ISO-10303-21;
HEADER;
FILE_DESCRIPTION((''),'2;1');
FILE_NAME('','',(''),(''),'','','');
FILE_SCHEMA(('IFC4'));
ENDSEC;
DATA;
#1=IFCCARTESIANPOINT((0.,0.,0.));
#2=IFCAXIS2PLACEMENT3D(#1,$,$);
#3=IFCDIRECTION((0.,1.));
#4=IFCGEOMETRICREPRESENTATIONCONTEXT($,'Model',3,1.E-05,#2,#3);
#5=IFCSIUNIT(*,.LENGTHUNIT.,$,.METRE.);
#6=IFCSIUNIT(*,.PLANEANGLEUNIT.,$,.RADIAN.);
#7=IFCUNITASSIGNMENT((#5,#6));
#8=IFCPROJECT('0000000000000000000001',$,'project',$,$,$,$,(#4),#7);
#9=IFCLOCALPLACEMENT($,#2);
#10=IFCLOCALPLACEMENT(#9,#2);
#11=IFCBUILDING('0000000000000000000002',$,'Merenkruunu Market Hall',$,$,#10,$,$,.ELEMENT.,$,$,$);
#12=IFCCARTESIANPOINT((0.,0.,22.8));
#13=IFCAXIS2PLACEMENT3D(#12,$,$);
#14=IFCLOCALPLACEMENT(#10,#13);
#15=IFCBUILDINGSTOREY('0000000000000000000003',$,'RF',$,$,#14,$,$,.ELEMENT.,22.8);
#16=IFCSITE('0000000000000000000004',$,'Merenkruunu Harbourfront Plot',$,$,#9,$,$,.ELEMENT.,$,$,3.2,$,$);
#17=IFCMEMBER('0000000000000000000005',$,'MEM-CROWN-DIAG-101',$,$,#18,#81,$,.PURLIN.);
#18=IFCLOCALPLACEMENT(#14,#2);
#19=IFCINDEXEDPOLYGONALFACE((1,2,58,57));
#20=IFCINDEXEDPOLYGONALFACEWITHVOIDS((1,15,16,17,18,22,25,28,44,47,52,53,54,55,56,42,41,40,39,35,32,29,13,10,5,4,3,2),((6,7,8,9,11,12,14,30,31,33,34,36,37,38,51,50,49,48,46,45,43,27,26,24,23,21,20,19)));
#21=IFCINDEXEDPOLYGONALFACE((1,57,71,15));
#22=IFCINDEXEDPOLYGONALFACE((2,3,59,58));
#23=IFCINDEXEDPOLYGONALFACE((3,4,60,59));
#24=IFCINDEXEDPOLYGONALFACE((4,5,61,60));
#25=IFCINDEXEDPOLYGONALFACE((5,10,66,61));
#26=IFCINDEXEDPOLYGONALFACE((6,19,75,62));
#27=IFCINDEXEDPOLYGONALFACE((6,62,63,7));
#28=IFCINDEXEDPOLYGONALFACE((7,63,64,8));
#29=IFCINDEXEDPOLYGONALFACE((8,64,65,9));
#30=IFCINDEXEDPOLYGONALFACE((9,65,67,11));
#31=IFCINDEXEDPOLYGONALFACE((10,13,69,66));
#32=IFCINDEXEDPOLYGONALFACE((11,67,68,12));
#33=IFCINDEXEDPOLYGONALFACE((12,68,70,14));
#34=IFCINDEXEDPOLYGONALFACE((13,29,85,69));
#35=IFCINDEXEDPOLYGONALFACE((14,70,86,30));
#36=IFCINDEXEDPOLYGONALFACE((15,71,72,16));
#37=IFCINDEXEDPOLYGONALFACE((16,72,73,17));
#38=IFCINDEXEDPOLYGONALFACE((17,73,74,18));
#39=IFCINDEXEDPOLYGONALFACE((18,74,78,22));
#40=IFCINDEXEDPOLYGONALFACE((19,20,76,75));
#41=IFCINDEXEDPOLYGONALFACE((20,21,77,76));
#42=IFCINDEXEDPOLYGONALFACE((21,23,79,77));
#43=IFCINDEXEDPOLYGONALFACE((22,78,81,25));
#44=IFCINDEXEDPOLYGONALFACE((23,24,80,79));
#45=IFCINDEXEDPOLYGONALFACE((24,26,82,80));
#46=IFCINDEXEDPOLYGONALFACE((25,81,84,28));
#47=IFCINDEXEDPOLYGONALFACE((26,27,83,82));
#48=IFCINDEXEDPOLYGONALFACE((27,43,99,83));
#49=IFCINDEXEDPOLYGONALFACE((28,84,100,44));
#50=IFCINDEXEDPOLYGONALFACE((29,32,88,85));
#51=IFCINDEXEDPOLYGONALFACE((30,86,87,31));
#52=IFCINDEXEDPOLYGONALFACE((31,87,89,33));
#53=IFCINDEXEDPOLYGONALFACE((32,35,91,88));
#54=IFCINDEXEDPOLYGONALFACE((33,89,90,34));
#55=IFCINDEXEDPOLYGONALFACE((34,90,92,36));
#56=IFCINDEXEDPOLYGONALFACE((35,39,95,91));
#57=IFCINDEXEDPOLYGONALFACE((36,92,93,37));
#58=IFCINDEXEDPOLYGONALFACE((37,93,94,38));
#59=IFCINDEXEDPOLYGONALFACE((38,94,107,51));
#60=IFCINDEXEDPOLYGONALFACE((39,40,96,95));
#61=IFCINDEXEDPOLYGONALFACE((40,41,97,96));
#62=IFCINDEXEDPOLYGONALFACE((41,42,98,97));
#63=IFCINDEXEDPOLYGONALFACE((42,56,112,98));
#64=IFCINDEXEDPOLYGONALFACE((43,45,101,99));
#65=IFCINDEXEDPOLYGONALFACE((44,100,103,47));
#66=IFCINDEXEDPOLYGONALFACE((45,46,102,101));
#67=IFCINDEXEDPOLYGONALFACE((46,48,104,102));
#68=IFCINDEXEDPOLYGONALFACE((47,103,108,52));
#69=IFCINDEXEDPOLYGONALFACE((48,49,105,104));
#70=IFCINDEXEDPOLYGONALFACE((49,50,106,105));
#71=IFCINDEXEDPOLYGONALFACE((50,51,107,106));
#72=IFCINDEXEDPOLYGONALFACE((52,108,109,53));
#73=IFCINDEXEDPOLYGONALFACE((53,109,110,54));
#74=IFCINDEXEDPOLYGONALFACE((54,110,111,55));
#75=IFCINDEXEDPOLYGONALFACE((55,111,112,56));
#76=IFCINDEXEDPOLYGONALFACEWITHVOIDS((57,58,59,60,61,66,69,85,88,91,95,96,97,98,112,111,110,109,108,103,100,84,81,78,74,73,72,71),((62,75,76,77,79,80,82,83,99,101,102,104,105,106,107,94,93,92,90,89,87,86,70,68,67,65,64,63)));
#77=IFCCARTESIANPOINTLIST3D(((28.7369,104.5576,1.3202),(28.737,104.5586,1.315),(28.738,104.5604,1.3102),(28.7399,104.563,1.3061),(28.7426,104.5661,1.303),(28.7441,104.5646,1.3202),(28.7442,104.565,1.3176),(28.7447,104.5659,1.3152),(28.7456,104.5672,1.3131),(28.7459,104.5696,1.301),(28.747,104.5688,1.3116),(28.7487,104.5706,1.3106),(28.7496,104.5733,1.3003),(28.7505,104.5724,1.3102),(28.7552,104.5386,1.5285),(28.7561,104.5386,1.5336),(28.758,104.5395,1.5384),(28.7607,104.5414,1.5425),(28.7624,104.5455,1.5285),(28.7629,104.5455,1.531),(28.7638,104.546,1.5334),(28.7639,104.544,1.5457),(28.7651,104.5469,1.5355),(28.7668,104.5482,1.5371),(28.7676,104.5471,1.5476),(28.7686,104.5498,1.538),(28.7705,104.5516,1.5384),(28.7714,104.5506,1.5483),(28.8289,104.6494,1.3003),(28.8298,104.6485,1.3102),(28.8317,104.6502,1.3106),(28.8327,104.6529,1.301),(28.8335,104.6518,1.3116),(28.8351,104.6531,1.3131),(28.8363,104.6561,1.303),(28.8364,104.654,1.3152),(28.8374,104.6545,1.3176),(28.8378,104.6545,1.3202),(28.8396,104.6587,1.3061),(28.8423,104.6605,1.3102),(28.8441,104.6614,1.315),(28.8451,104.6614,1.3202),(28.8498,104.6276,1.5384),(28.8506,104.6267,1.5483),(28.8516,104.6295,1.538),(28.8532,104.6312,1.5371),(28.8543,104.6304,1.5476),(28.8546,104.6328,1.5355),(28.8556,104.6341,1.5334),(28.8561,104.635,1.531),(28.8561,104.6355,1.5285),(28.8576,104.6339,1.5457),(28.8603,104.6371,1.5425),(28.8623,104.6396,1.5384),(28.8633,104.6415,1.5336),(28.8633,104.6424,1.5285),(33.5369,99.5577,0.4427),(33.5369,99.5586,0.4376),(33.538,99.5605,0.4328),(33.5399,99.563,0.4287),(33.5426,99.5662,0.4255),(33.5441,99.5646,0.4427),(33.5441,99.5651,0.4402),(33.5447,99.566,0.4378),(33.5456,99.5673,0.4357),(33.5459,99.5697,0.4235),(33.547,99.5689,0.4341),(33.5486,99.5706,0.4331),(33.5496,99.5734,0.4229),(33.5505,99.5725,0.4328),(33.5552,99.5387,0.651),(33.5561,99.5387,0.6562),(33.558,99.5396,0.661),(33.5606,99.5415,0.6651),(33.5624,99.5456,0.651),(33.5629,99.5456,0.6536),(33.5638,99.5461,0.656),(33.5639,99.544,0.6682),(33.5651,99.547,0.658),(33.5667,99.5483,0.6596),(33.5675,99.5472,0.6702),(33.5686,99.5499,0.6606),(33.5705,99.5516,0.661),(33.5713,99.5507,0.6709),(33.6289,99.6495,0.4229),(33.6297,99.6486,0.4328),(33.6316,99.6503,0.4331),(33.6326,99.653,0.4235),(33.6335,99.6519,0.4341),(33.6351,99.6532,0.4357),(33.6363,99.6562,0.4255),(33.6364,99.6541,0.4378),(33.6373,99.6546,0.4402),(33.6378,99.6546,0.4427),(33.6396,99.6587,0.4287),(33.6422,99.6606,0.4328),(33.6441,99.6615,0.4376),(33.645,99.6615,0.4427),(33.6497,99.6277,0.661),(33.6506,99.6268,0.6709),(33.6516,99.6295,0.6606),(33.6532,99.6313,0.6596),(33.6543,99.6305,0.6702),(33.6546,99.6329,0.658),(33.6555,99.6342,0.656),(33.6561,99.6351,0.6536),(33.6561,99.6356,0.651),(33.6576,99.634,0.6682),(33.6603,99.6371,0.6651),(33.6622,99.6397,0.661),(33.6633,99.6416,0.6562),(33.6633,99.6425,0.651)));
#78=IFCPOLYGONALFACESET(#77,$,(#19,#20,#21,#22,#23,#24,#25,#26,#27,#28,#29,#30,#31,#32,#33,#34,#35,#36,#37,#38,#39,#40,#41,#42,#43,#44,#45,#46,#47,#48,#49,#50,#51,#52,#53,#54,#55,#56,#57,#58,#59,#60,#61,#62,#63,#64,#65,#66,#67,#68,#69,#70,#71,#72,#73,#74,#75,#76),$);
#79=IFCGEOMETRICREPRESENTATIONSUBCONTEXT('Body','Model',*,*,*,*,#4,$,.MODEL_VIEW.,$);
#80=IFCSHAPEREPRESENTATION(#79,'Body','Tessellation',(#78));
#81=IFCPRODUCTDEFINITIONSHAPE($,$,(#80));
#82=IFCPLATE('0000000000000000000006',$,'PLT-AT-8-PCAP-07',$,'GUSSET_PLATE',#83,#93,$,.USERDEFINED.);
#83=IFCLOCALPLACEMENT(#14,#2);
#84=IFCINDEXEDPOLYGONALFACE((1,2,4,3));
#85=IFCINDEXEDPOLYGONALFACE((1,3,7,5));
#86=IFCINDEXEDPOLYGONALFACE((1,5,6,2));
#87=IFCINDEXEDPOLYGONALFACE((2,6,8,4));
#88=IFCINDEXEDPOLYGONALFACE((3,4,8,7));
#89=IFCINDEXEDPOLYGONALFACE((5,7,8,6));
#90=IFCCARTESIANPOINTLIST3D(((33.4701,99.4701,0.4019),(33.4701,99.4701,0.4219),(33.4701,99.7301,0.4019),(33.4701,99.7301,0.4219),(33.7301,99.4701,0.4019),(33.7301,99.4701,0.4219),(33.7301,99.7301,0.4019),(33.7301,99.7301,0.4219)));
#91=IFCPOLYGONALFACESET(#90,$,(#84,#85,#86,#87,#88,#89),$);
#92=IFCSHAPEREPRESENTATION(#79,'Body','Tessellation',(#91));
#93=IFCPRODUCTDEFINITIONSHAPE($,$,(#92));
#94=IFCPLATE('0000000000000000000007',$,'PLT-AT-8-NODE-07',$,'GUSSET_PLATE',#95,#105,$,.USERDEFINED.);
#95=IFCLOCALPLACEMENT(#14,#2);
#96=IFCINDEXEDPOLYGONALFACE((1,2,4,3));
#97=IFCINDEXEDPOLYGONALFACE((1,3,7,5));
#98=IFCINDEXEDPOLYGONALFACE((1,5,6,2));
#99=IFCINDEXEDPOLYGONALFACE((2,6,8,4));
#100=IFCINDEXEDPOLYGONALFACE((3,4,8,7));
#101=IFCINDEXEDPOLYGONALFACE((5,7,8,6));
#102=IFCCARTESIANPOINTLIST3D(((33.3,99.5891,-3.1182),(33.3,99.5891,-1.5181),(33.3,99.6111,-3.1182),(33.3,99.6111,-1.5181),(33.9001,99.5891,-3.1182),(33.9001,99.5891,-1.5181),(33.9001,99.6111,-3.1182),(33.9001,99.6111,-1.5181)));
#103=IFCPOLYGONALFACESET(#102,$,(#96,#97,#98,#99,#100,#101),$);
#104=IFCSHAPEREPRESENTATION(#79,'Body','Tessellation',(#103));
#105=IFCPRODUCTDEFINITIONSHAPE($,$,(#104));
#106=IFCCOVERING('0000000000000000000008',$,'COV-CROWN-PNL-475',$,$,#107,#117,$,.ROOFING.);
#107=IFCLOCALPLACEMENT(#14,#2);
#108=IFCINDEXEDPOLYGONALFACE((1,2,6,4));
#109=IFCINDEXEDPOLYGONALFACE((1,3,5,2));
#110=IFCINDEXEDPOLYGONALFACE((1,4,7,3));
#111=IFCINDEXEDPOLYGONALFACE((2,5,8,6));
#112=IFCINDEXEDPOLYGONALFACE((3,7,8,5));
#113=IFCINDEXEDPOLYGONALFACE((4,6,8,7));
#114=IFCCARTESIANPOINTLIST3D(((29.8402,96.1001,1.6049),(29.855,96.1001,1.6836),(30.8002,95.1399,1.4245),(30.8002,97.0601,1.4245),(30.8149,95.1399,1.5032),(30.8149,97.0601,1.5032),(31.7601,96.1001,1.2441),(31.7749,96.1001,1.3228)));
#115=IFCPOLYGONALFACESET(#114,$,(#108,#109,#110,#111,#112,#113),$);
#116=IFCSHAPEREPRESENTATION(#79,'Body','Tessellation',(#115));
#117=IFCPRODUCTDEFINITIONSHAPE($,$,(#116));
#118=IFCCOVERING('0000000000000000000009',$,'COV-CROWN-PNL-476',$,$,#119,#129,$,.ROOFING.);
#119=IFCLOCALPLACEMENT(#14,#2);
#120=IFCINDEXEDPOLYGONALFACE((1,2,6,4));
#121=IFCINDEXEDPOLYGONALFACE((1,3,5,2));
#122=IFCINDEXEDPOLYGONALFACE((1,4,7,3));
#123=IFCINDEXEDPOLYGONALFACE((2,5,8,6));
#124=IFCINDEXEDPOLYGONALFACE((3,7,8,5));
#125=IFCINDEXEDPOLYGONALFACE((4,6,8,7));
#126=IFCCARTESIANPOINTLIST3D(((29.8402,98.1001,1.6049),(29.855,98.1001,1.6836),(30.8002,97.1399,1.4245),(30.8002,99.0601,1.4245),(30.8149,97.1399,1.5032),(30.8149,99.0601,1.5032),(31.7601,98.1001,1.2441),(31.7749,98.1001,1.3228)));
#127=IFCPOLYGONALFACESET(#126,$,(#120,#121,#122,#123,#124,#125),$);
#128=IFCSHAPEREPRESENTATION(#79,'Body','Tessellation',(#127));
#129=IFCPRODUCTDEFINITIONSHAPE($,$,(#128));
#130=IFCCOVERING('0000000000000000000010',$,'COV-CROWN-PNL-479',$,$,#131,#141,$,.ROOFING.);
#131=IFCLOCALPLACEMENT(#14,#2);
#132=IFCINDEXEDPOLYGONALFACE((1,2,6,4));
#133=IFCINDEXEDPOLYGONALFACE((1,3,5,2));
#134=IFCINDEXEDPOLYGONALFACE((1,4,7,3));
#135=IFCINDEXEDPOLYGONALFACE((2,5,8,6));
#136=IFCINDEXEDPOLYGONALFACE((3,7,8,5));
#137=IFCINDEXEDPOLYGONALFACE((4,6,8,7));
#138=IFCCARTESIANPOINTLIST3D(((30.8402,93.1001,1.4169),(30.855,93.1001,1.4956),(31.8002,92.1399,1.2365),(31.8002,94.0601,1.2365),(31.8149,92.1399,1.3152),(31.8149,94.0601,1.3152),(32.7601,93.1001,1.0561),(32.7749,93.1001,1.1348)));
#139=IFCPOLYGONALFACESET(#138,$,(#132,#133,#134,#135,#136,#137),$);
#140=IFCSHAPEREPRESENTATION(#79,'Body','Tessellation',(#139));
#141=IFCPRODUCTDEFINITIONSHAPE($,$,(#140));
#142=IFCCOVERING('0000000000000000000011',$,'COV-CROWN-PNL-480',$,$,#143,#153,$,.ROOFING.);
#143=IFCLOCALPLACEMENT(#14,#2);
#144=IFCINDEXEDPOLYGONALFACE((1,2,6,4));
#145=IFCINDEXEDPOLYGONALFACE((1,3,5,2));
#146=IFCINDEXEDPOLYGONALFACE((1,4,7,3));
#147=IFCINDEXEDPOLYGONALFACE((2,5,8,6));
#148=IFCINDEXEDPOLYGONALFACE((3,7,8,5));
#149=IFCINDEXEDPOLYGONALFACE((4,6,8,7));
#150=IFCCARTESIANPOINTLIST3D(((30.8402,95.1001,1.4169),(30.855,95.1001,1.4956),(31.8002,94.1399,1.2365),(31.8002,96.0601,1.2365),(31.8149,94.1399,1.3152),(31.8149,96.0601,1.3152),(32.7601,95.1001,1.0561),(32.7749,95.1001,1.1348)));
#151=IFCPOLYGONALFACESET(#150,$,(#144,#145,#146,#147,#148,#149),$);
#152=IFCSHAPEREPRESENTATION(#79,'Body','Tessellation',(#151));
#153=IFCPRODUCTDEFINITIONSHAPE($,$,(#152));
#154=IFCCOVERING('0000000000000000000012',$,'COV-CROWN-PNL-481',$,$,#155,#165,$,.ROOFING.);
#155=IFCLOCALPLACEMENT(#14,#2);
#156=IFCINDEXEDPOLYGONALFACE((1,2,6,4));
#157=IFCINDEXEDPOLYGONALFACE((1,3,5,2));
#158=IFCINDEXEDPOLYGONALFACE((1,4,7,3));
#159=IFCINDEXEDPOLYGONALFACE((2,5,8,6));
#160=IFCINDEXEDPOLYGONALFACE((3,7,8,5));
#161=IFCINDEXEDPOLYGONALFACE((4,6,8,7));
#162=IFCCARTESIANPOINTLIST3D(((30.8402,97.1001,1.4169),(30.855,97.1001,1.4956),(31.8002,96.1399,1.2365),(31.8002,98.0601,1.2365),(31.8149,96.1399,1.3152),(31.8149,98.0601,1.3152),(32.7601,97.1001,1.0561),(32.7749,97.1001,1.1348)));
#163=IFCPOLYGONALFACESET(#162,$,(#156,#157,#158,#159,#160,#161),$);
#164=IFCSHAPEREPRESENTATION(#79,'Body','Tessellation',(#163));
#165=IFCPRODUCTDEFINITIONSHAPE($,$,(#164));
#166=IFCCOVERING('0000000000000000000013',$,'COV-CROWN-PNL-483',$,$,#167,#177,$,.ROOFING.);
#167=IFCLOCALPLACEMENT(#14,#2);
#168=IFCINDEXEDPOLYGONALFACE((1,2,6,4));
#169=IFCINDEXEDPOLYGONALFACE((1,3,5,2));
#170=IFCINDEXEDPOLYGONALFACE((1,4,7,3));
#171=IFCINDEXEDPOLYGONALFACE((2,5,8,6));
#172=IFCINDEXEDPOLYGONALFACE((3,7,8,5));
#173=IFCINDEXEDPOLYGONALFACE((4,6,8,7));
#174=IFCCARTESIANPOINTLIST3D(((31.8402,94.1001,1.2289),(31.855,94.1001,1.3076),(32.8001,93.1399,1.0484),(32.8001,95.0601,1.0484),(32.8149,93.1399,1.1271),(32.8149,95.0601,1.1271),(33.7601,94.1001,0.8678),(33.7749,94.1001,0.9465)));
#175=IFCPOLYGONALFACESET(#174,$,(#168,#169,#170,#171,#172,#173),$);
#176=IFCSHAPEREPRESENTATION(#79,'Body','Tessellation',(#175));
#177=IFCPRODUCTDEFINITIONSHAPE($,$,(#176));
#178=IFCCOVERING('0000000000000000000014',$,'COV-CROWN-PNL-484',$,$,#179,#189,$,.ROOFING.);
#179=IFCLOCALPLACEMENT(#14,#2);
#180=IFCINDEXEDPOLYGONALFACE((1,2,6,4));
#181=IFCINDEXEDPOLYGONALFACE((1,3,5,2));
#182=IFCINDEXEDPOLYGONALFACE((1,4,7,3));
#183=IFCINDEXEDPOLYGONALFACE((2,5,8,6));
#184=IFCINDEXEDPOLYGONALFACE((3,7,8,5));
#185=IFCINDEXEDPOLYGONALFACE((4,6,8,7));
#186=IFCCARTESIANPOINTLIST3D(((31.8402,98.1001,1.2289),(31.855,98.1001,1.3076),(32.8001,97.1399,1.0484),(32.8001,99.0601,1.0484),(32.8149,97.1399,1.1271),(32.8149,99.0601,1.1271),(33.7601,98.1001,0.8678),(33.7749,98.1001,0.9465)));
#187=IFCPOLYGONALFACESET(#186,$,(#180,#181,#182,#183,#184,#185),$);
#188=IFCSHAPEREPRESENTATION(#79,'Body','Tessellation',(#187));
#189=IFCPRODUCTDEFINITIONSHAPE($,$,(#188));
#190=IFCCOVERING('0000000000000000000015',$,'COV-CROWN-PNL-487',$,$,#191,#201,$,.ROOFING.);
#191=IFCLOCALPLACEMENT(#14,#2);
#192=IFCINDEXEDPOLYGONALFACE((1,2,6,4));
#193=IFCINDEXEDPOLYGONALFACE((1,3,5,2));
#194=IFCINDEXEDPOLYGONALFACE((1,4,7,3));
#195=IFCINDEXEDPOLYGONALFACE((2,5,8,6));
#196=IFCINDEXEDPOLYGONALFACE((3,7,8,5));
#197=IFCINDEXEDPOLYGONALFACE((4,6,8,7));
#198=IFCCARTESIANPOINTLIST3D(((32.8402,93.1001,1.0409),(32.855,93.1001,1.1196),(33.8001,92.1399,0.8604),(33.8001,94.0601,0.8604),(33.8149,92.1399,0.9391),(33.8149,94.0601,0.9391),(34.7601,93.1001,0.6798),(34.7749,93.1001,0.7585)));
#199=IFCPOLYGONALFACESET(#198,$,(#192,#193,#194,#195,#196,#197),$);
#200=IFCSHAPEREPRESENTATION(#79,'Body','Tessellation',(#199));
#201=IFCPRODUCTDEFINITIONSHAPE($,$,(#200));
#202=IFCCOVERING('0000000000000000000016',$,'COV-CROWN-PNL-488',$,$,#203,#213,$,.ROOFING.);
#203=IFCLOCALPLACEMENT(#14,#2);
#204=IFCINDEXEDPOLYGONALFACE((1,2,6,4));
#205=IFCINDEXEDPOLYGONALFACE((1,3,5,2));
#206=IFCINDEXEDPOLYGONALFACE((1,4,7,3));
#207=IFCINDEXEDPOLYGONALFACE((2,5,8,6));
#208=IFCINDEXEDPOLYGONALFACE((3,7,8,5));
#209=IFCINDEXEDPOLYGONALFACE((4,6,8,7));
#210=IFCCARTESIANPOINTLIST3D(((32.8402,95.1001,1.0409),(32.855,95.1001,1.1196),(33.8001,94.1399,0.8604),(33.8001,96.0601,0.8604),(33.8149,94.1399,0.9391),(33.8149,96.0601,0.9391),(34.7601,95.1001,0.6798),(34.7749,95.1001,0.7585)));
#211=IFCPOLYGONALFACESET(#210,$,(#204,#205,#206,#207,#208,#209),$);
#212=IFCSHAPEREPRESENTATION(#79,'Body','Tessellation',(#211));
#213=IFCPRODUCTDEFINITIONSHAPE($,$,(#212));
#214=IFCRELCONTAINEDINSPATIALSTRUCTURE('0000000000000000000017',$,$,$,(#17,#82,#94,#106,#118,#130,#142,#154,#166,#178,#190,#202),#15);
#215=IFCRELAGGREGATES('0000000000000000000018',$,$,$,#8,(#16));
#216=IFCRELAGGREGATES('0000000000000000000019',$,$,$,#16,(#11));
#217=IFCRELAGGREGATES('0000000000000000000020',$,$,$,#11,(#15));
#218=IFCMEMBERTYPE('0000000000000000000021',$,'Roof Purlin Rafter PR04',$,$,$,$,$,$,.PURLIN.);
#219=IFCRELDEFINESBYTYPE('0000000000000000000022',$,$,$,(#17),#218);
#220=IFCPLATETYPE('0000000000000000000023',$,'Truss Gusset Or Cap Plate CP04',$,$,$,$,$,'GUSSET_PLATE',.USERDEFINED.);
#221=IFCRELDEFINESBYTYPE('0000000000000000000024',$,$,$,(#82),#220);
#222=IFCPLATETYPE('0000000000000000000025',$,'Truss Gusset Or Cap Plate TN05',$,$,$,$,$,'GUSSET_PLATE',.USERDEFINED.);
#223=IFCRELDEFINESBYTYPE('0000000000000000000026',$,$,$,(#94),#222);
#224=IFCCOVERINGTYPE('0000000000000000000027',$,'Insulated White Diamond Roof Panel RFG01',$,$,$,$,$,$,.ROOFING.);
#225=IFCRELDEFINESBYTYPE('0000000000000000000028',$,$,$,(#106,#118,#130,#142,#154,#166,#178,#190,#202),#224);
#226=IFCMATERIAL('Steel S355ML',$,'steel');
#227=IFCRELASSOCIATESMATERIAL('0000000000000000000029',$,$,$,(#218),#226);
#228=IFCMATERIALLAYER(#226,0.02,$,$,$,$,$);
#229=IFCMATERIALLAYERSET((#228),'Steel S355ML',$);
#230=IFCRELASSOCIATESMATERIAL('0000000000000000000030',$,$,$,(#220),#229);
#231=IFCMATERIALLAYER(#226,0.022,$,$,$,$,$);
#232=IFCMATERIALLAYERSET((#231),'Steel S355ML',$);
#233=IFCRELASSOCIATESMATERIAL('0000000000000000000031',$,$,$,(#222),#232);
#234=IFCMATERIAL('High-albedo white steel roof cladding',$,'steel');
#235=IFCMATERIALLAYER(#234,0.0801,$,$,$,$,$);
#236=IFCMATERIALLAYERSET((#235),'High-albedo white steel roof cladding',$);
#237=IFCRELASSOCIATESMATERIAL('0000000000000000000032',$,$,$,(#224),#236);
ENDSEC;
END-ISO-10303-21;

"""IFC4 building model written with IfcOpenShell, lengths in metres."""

from ifc_helpers import new_model, si_unit, direction, frame, origin, origin_2d, place, context, subcontext, project, spatial, polyline, rectangle, hollow_rectangle, outline, extrude, material, layer, layer_set, material_profile, profile_set, type_object, element, save


model = new_model("IFC4")

# Units and contexts
model_context = context("Model", 3, precision=1e-05, world=origin(), true_north=direction((0.0, 1.0)))
body_context = subcontext(model_context, "Body", "Model", "MODEL_VIEW")
ifc_project = project(units=[si_unit("LENGTHUNIT", "METRE"), si_unit("PLANEANGLEUNIT", "RADIAN")], contexts=[model_context])

# Site, building, storey
site_placement = place(None, origin())
site = spatial("IfcSite", under=ifc_project, at=site_placement, Name="Merenkruunu Harbourfront Plot", CompositionType="ELEMENT", RefElevation=3.2)
building_placement = place(site_placement, origin())
building = spatial("IfcBuilding", under=site, at=building_placement, Name="Merenkruunu Market Hall", CompositionType="ELEMENT")
storey_placement = place(building_placement, frame((0.0, 0.0, 22.8)))
storey = spatial("IfcBuildingStorey", under=building, at=storey_placement, Name="RF", CompositionType="ELEMENT", Elevation=22.8)

# Member
ifc_material_1 = material(Name="Steel S355ML", Category="steel")
ifc_material_profile_1 = material_profile(ifc_material_1, hollow_rectangle(XDim=0.1499, YDim=0.25, WallThickness=0.01, InnerFilletRadius=0.01, OuterFilletRadius=0.02, at=origin_2d()), Name="RHS 250x150x10")
ifc_profile_set_1 = profile_set([ifc_material_profile_1], Name="Steel S355ML")
member_type_1 = type_object("IfcMemberType", Name="Roof Purlin Rafter PR04", PredefinedType="PURLIN", material=ifc_profile_set_1)
member_1_placement = place(storey_placement, frame((33.6001, 99.6001, 0.5469), z_axis=(-0.687052, 0.715672, 0.125592), x_axis=(-0.721384, -0.692535, 0.0)))
element("IfcMember", 1, at=member_1_placement, inside=storey, type_object=member_type_1, Name="MEM-CROWN-DIAG-101", PredefinedType="PURLIN", context=body_context, shape_type="SweptSolid", body=[
    extrude(hollow_rectangle(XDim=0.1499, YDim=0.25, WallThickness=0.01, InnerFilletRadius=0.01, OuterFilletRadius=0.02, at=origin_2d()), origin(), (0.0, 0.0, 1.0), 6.9863),
])

# Plates
ifc_layer_1 = layer(ifc_material_1, 0.02)
ifc_layer_set_1 = layer_set([ifc_layer_1], Name="Steel S355ML")
plate_type_1 = type_object("IfcPlateType", Name="Truss Gusset Or Cap Plate CP04", ElementType="GUSSET_PLATE", PredefinedType="USERDEFINED", material=ifc_layer_set_1)
plate_1_placement = place(storey_placement, frame((33.6001, 99.6001, 0.4019), z_axis=(0.0, 0.0, 1.0), x_axis=(1.0, 0.0, 0.0)))
element("IfcPlate", 2, at=plate_1_placement, inside=storey, type_object=plate_type_1, Name="PLT-AT-8-PCAP-07", ObjectType="GUSSET_PLATE", PredefinedType="USERDEFINED", context=body_context, shape_type="SweptSolid", body=[
    extrude(rectangle(XDim=0.26, YDim=0.26, at=origin_2d()), origin(), (0.0, 0.0, 1.0), 0.02),
])
ifc_layer_2 = layer(ifc_material_1, 0.022)
ifc_layer_set_2 = layer_set([ifc_layer_2], Name="Steel S355ML")
plate_type_2 = type_object("IfcPlateType", Name="Truss Gusset Or Cap Plate TN05", ElementType="GUSSET_PLATE", PredefinedType="USERDEFINED", material=ifc_layer_set_2)
plate_2_placement = place(storey_placement, frame((33.6001, 99.6001, -3.1182), z_axis=(0.0, 0.0, 1.0), x_axis=(1.0, 0.0, 0.0)))
element("IfcPlate", 3, at=plate_2_placement, inside=storey, type_object=plate_type_2, Name="PLT-AT-8-NODE-07", ObjectType="GUSSET_PLATE", PredefinedType="USERDEFINED", context=body_context, shape_type="SweptSolid", body=[
    extrude(rectangle(XDim=0.6001, YDim=0.022, at=origin_2d()), origin(), (0.0, 0.0, 1.0), 1.6001),
])

# Coverings
ifc_material_2 = material(Name="High-albedo white steel roof cladding", Category="steel")
ifc_layer_3 = layer(ifc_material_2, 0.0801)
ifc_layer_set_3 = layer_set([ifc_layer_3], Name="High-albedo white steel roof cladding")
covering_type_1 = type_object("IfcCoveringType", Name="Insulated White Diamond Roof Panel RFG01", PredefinedType="ROOFING", material=ifc_layer_set_3)
for number, where, z_axis, x_axis, name in (
    (4, (29.855, 96.1001, 1.6836), (0.184711, 0.0, 0.982793), (0.700856, -0.701035, -0.131722), "COV-CROWN-PNL-475"),
    (5, (29.855, 98.1001, 1.6836), (0.184711, 0.0, 0.982793), (0.700856, -0.701035, -0.131722), "COV-CROWN-PNL-476"),
    (6, (30.855, 93.1001, 1.4956), (0.184711, 0.0, 0.982793), (0.700856, -0.701035, -0.131722), "COV-CROWN-PNL-479"),
    (7, (30.855, 95.1001, 1.4956), (0.184711, 0.0, 0.982793), (0.700856, -0.701035, -0.131722), "COV-CROWN-PNL-480"),
    (8, (30.855, 97.1001, 1.4956), (0.184711, 0.0, 0.982793), (0.700856, -0.701035, -0.131722), "COV-CROWN-PNL-481"),
):
    element("IfcCovering", number, at=place(storey_placement, frame(where, z_axis=z_axis, x_axis=x_axis)), inside=storey, type_object=covering_type_1, Name=name, PredefinedType="ROOFING", context=body_context, shape_type="SweptSolid", body=[
        extrude(outline(polyline([(0.0, 0.0), (1.3697, 0.0), (1.3931, 1.3695), (0.0236, 1.3693), (0.0, 0.0)])), origin(), (0.0, 0.0, -1.0), 0.0801),
    ])
for number, where, z_axis, x_axis, name in (
    (9, (31.855, 94.1001, 1.3076), (0.184832, 0.0, 0.98277), (0.70084, -0.701035, -0.131809), "COV-CROWN-PNL-483"),
    (10, (31.855, 98.1001, 1.3076), (0.184832, 0.0, 0.98277), (0.70084, -0.701035, -0.131809), "COV-CROWN-PNL-484"),
    (11, (32.855, 93.1001, 1.1196), (0.184832, 0.0, 0.98277), (0.70084, -0.701035, -0.131809), "COV-CROWN-PNL-487"),
    (12, (32.855, 95.1001, 1.1196), (0.184832, 0.0, 0.98277), (0.70084, -0.701035, -0.131809), "COV-CROWN-PNL-488"),
):
    element("IfcCovering", number, at=place(storey_placement, frame(where, z_axis=z_axis, x_axis=x_axis)), inside=storey, type_object=covering_type_1, Name=name, PredefinedType="ROOFING", context=body_context, shape_type="SweptSolid", body=[
        extrude(outline(polyline([(0.0, 0.0), (1.3697, 0.0), (1.3932, 1.3695), (0.0236, 1.3693), (0.0, 0.0)])), origin(), (0.0, 0.0, -1.0), 0.0801),
    ])

save(model, "model.ifc")
